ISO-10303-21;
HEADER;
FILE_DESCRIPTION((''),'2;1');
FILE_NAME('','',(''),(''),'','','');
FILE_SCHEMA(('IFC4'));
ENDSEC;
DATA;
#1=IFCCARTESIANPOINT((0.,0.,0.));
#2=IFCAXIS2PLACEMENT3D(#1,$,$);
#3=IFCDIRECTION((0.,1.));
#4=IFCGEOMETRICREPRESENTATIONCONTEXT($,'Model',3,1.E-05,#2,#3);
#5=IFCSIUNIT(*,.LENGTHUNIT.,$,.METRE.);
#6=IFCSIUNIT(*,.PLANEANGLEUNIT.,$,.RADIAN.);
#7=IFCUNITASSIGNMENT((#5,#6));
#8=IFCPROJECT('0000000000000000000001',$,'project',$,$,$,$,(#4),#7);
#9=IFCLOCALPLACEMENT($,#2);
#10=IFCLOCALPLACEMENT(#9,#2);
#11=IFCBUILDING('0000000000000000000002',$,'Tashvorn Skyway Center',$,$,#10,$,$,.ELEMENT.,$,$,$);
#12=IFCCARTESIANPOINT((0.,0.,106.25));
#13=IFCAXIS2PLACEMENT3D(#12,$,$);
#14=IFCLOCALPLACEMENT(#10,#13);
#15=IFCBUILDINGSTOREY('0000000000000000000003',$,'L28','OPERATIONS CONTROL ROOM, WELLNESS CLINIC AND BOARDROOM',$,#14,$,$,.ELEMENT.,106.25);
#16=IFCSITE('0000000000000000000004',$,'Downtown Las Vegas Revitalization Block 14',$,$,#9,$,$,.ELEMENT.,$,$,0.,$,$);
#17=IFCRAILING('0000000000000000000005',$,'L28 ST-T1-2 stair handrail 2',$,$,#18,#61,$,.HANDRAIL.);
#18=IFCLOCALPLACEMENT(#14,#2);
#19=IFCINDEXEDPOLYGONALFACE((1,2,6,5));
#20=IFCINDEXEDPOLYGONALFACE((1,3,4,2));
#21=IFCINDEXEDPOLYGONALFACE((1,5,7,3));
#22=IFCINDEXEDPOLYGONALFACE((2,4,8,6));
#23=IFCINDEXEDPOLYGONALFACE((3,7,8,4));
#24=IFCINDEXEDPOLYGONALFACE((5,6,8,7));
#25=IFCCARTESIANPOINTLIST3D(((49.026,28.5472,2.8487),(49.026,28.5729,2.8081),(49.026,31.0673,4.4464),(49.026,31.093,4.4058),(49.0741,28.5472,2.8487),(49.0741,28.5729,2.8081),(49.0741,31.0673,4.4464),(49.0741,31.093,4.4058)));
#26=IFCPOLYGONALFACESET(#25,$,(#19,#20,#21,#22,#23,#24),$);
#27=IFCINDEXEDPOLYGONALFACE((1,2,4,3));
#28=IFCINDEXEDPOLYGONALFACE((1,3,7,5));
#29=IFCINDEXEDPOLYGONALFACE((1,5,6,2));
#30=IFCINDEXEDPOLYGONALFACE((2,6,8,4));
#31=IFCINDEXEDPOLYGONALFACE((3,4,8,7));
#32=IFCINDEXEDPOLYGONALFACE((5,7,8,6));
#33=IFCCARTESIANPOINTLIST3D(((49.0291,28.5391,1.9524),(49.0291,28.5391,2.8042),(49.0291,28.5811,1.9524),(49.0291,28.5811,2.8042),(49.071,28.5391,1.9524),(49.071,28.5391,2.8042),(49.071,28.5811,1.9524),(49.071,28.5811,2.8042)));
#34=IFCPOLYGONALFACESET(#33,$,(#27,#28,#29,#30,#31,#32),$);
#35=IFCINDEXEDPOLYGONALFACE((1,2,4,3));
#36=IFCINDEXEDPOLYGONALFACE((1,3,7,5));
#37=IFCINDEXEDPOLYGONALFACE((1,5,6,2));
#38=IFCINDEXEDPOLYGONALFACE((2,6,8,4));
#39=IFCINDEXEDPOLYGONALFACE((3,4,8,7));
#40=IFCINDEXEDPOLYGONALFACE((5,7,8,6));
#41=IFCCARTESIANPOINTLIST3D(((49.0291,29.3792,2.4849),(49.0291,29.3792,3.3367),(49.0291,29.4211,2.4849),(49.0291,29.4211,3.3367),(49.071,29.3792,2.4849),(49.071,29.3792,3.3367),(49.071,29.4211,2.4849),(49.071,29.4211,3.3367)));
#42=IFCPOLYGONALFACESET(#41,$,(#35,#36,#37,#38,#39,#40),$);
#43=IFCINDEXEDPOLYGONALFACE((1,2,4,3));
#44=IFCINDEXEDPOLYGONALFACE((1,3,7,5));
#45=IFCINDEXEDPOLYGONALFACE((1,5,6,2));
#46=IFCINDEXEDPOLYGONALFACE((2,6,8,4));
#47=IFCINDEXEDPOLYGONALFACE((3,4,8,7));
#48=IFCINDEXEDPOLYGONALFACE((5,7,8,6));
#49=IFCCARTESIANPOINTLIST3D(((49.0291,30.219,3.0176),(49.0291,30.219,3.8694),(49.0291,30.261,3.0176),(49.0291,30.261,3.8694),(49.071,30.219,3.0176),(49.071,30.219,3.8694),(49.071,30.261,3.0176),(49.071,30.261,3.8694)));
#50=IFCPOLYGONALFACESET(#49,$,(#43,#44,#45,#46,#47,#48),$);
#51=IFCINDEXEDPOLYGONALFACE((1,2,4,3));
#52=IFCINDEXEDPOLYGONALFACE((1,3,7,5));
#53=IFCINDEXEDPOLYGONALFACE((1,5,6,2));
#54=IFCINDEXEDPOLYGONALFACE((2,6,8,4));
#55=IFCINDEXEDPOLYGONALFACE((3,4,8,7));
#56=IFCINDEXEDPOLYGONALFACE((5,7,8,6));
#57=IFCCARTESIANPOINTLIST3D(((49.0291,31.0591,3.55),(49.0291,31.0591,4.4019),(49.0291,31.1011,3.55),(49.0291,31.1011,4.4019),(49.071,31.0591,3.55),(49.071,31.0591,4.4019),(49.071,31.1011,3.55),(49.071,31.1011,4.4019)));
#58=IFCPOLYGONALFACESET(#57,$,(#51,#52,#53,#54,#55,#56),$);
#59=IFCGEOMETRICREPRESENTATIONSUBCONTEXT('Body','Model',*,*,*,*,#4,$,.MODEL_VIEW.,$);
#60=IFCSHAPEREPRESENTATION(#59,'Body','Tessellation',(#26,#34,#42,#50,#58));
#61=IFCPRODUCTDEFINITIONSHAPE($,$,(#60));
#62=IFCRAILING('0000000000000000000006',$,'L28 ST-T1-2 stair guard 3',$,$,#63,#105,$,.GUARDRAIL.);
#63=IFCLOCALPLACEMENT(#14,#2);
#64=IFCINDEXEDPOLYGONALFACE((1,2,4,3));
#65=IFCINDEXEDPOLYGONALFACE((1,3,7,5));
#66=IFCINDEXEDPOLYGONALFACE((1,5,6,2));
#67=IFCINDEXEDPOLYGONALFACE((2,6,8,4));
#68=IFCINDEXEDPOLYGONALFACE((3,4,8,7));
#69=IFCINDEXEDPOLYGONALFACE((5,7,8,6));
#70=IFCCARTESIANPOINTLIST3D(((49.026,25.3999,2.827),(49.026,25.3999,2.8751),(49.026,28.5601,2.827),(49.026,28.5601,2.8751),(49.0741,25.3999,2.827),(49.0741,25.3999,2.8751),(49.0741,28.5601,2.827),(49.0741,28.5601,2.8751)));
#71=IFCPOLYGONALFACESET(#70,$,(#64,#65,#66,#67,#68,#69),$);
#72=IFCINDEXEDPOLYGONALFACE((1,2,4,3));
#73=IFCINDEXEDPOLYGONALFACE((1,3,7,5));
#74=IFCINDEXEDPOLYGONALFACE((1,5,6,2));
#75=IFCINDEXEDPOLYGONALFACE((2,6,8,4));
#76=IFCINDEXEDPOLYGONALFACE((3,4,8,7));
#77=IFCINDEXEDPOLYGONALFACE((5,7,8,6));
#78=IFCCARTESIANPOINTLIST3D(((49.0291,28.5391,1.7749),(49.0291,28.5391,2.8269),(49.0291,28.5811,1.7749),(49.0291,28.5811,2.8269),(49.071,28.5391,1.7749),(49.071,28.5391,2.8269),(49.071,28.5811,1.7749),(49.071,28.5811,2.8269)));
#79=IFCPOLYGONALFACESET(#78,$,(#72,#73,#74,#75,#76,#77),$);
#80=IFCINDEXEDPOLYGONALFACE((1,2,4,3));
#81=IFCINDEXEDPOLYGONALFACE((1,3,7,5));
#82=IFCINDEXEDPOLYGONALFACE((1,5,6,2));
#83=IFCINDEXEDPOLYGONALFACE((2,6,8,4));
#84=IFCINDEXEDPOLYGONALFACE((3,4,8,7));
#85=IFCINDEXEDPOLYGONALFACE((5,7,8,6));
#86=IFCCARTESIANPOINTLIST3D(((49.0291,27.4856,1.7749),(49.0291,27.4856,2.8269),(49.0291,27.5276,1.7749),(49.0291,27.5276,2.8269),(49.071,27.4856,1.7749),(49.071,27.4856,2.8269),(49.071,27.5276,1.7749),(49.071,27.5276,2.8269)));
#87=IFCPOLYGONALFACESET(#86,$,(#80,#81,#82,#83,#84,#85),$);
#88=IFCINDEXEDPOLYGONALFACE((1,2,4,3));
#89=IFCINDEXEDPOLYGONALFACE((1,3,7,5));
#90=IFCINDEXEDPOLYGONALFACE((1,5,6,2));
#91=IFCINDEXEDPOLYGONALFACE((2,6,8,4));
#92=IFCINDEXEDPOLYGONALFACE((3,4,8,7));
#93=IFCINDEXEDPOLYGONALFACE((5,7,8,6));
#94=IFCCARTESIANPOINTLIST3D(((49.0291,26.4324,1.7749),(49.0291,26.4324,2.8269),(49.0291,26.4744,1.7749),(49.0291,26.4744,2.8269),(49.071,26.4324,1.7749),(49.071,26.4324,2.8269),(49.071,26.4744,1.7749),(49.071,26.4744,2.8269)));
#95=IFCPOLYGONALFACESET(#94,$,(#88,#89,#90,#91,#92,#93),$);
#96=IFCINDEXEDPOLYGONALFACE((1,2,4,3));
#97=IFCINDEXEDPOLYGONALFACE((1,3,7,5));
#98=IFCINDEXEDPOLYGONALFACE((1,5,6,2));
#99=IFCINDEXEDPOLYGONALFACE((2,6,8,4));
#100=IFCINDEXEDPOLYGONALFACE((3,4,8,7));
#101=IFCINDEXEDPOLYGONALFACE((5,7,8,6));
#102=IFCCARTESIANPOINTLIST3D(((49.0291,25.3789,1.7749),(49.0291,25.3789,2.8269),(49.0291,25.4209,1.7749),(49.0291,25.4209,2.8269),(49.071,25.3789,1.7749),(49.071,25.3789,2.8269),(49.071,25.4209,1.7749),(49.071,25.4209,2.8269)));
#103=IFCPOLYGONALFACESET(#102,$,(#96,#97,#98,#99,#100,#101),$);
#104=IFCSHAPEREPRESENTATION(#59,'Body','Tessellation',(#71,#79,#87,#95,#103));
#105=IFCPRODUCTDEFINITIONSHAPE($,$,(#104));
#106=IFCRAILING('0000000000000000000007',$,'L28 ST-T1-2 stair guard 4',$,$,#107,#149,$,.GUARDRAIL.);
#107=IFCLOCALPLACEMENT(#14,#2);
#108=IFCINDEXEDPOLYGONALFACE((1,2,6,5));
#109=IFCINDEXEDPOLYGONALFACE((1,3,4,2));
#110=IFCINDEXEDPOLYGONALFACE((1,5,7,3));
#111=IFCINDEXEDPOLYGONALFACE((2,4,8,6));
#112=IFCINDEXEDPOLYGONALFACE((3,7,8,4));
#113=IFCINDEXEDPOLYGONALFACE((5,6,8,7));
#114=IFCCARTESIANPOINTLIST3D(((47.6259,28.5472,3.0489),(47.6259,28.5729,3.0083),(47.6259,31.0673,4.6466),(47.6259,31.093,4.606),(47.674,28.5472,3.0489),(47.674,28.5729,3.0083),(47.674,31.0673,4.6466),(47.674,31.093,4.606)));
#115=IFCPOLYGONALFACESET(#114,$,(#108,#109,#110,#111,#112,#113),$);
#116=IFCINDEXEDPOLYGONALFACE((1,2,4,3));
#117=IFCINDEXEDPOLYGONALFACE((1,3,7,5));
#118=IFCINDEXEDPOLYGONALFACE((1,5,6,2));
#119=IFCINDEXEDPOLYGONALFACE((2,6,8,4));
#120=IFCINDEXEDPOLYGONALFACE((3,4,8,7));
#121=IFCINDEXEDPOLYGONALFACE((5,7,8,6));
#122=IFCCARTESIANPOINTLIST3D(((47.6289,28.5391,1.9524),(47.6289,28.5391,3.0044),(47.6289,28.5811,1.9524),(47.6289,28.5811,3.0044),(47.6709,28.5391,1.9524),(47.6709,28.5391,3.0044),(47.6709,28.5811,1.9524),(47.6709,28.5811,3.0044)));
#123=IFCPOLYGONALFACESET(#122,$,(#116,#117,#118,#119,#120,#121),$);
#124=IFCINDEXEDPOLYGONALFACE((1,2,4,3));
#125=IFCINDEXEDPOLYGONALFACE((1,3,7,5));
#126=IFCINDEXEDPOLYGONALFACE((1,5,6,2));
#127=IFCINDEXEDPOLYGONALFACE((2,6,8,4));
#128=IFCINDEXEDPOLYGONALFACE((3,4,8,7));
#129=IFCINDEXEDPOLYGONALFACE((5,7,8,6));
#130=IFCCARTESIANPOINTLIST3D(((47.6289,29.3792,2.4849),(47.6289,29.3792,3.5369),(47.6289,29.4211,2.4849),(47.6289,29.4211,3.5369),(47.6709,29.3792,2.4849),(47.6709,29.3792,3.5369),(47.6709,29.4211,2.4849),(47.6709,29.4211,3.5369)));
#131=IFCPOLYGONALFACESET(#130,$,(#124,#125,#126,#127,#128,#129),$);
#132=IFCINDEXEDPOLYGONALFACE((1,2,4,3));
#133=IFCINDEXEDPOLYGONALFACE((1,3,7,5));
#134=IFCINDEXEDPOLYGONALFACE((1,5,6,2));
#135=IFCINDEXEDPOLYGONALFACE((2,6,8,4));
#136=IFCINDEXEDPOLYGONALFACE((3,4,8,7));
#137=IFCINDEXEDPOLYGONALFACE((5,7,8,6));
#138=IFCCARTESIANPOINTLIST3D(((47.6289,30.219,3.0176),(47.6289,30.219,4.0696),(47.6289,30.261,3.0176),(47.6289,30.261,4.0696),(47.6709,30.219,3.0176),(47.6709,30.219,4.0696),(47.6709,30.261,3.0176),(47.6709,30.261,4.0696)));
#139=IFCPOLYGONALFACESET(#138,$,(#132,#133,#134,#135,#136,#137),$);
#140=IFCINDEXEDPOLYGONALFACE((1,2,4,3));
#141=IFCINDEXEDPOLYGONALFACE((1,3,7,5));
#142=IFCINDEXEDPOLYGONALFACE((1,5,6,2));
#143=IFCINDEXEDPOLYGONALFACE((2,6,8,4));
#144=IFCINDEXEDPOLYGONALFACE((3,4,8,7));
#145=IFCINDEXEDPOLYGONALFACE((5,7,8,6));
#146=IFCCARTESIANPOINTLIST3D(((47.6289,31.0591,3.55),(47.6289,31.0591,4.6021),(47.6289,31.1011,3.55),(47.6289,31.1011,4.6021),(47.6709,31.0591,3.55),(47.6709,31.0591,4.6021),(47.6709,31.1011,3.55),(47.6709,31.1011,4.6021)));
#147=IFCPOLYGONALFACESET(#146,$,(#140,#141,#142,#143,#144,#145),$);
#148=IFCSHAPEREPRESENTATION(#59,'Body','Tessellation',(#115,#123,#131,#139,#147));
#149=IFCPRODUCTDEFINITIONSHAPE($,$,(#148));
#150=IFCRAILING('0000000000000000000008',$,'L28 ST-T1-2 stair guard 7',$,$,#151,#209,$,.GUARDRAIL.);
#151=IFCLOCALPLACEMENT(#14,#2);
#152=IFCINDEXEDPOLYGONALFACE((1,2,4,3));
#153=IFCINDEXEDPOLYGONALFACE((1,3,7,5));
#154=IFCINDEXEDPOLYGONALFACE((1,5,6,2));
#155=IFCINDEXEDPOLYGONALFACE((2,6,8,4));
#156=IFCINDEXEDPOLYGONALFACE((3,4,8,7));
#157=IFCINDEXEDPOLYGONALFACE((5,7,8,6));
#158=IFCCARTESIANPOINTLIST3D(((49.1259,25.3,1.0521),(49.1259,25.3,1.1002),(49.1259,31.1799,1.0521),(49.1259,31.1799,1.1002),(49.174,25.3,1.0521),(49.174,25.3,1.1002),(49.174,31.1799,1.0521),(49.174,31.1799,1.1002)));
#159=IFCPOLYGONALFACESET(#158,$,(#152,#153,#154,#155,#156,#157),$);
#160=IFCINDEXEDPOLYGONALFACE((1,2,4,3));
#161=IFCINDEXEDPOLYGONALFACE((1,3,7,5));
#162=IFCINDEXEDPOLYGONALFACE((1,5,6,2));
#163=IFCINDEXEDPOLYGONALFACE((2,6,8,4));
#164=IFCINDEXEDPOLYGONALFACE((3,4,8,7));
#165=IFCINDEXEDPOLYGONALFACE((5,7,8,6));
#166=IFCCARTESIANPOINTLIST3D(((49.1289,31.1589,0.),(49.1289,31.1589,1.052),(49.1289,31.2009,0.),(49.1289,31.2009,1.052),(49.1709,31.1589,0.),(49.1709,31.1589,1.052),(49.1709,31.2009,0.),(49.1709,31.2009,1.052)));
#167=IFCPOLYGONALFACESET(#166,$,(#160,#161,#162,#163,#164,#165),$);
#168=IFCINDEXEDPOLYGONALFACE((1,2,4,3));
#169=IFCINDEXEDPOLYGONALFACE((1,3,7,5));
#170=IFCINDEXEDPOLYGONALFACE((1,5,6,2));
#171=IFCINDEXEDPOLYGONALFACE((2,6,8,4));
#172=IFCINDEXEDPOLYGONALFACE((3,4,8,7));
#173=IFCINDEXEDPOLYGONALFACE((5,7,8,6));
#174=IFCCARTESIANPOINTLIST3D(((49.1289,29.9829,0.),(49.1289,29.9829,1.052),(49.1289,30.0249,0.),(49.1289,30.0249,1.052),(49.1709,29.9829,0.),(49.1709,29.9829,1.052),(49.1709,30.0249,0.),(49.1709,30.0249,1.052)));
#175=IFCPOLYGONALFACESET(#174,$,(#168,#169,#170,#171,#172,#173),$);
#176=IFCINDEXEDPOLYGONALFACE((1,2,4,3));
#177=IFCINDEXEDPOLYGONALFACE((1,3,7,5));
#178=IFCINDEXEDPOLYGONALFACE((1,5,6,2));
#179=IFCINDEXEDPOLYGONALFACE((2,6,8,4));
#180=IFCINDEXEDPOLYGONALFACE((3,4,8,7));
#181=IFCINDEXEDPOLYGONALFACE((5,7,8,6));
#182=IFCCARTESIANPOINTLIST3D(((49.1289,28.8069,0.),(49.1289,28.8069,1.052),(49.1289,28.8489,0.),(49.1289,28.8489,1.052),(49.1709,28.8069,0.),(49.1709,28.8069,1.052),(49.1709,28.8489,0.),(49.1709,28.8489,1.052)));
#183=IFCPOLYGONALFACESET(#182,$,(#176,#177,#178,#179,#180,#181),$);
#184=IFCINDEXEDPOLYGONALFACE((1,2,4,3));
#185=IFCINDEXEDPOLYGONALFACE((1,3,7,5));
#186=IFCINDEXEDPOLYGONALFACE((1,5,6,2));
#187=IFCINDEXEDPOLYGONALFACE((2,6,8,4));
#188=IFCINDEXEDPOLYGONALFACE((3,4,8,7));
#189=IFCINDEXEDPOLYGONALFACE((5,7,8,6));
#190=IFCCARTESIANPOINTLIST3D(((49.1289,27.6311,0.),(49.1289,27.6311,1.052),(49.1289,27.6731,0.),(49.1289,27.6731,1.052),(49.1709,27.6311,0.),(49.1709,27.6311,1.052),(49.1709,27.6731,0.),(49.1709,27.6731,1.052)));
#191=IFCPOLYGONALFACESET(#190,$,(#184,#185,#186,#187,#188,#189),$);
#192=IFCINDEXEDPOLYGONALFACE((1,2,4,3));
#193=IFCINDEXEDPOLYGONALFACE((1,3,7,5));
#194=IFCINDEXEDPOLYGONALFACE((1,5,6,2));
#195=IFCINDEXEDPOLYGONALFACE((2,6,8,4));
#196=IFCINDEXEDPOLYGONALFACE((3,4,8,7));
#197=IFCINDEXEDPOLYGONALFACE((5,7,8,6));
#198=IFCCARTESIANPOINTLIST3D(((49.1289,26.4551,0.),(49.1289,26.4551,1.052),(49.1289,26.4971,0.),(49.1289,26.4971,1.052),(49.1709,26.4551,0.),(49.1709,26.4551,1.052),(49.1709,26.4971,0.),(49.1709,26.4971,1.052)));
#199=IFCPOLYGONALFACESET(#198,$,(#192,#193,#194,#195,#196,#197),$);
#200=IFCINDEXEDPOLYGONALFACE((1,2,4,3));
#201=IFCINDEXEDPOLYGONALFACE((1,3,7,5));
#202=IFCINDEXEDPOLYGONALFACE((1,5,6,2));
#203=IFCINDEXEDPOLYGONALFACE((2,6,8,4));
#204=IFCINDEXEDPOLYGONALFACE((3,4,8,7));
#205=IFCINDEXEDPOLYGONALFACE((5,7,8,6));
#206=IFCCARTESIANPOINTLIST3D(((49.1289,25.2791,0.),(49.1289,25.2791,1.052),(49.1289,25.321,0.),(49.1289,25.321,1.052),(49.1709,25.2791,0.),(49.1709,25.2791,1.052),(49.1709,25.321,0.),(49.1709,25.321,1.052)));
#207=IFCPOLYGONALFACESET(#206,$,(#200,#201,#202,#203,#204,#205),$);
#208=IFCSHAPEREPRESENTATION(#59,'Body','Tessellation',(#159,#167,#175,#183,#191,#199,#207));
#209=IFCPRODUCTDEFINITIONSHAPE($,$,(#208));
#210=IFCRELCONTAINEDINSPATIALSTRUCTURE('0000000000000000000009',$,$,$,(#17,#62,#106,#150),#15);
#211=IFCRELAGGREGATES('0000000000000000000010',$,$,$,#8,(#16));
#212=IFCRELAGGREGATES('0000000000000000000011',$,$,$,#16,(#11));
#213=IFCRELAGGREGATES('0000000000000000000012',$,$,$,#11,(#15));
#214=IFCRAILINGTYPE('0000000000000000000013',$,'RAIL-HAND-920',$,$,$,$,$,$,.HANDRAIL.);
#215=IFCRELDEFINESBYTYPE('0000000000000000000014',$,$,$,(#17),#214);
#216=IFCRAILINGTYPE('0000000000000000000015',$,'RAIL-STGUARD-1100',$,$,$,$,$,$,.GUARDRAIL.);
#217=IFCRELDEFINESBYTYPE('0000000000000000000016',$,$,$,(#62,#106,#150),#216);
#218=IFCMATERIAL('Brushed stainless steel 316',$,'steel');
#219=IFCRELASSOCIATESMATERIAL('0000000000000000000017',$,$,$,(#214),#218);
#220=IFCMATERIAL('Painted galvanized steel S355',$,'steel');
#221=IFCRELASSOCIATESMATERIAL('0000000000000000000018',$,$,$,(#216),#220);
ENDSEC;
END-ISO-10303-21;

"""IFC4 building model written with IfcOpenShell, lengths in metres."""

from ifc_helpers import new_model, si_unit, direction, frame, origin, origin_2d, place, context, subcontext, project, spatial, rectangle, extrude, material, type_object, element, save


model = new_model("IFC4")

# Units and contexts
model_context = context("Model", 3, precision=1e-05, world=origin(), true_north=direction((0.0, 1.0)))
body_context = subcontext(model_context, "Body", "Model", "MODEL_VIEW")
ifc_project = project(units=[si_unit("LENGTHUNIT", "METRE"), si_unit("PLANEANGLEUNIT", "RADIAN")], contexts=[model_context])

# Site, building, storey
site_placement = place(None, origin())
site = spatial("IfcSite", under=ifc_project, at=site_placement, Name="Downtown Las Vegas Revitalization Block 14", CompositionType="ELEMENT", RefElevation=0.0)
building_placement = place(site_placement, origin())
building = spatial("IfcBuilding", under=site, at=building_placement, Name="Tashvorn Skyway Center", CompositionType="ELEMENT")
storey_placement = place(building_placement, frame((0.0, 0.0, 106.25)))
storey = spatial("IfcBuildingStorey", under=building, at=storey_placement, Name="L28", Description="OPERATIONS CONTROL ROOM, WELLNESS CLINIC AND BOARDROOM", CompositionType="ELEMENT", Elevation=106.25)

# Railings
ifc_material_1 = material(Name="Brushed stainless steel 316", Category="steel")
railing_type_1 = type_object("IfcRailingType", Name="RAIL-HAND-920", PredefinedType="HANDRAIL", material=ifc_material_1)
railing_1_placement = place(storey_placement, frame((49.05, 28.5601, 1.9524)))
element("IfcRailing", 1, at=railing_1_placement, inside=storey, type_object=railing_type_1, Name="L28 ST-T1-2 stair handrail 2", PredefinedType="HANDRAIL", context=body_context, shape_type="SweptSolid", body=[
    extrude(rectangle(XDim=0.0481, YDim=0.0481, at=origin_2d()), frame((0.0, 0.0, 0.876), z_axis=(0.0, 0.84457, 0.535445), x_axis=(-1.0, 0.0, 0.0)), (0.0, 0.0, 1.0), 2.9839),
    extrude(rectangle(XDim=0.042, YDim=0.042, at=origin_2d()), origin(), (0.0, 0.0, 1.0), 0.8518),
    extrude(rectangle(XDim=0.042, YDim=0.042, at=origin_2d()), frame((0.0, 0.8401, 0.5325)), (0.0, 0.0, 1.0), 0.8518),
    extrude(rectangle(XDim=0.042, YDim=0.042, at=origin_2d()), frame((0.0, 1.6799, 1.0652)), (0.0, 0.0, 1.0), 0.8518),
    extrude(rectangle(XDim=0.042, YDim=0.042, at=origin_2d()), frame((0.0, 2.52, 1.5977)), (0.0, 0.0, 1.0), 0.8518),
])
ifc_material_2 = material(Name="Painted galvanized steel S355", Category="steel")
railing_type_2 = type_object("IfcRailingType", Name="RAIL-STGUARD-1100", PredefinedType="GUARDRAIL", material=ifc_material_2)
railing_2_placement = place(storey_placement, frame((49.05, 28.5601, 1.7749)))
element("IfcRailing", 2, at=railing_2_placement, inside=storey, type_object=railing_type_2, Name="L28 ST-T1-2 stair guard 3", PredefinedType="GUARDRAIL", context=body_context, shape_type="SweptSolid", body=[
    extrude(rectangle(XDim=0.0481, YDim=0.0481, at=origin_2d()), frame((0.0, 0.0, 1.0762), z_axis=(0.0, -1.0, 0.0), x_axis=(1.0, 0.0, 0.0)), (0.0, 0.0, 1.0), 3.1602),
    extrude(rectangle(XDim=0.042, YDim=0.042, at=origin_2d()), origin(), (0.0, 0.0, 1.0), 1.052),
    extrude(rectangle(XDim=0.042, YDim=0.042, at=origin_2d()), frame((0.0, -1.0535, 0.0)), (0.0, 0.0, 1.0), 1.052),
    extrude(rectangle(XDim=0.042, YDim=0.042, at=origin_2d()), frame((0.0, -2.1067, 0.0)), (0.0, 0.0, 1.0), 1.052),
    extrude(rectangle(XDim=0.042, YDim=0.042, at=origin_2d()), frame((0.0, -3.1602, 0.0)), (0.0, 0.0, 1.0), 1.052),
])
railing_3_placement = place(storey_placement, frame((47.6499, 28.5601, 1.9524)))
element("IfcRailing", 3, at=railing_3_placement, inside=storey, type_object=railing_type_2, Name="L28 ST-T1-2 stair guard 4", PredefinedType="GUARDRAIL", context=body_context, shape_type="SweptSolid", body=[
    extrude(rectangle(XDim=0.0481, YDim=0.0481, at=origin_2d()), frame((0.0, 0.0, 1.0762), z_axis=(0.0, 0.84457, 0.535445), x_axis=(-1.0, 0.0, 0.0)), (0.0, 0.0, 1.0), 2.9839),
    extrude(rectangle(XDim=0.042, YDim=0.042, at=origin_2d()), origin(), (0.0, 0.0, 1.0), 1.052),
    extrude(rectangle(XDim=0.042, YDim=0.042, at=origin_2d()), frame((0.0, 0.8401, 0.5325)), (0.0, 0.0, 1.0), 1.052),
    extrude(rectangle(XDim=0.042, YDim=0.042, at=origin_2d()), frame((0.0, 1.6799, 1.0652)), (0.0, 0.0, 1.0), 1.052),
    extrude(rectangle(XDim=0.042, YDim=0.042, at=origin_2d()), frame((0.0, 2.52, 1.5977)), (0.0, 0.0, 1.0), 1.052),
])
railing_4_placement = place(storey_placement, frame((49.1499, 31.1799, 0.0)))
element("IfcRailing", 4, at=railing_4_placement, inside=storey, type_object=railing_type_2, Name="L28 ST-T1-2 stair guard 7", PredefinedType="GUARDRAIL", context=body_context, shape_type="SweptSolid", body=[
    extrude(rectangle(XDim=0.0481, YDim=0.0481, at=origin_2d()), frame((0.0, 0.0, 1.0762), z_axis=(0.0, -1.0, 0.0), x_axis=(1.0, 0.0, 0.0)), (0.0, 0.0, 1.0), 5.8799),
    extrude(rectangle(XDim=0.042, YDim=0.042, at=origin_2d()), origin(), (0.0, 0.0, 1.0), 1.052),
    extrude(rectangle(XDim=0.042, YDim=0.042, at=origin_2d()), frame((0.0, -1.176, 0.0)), (0.0, 0.0, 1.0), 1.052),
    extrude(rectangle(XDim=0.042, YDim=0.042, at=origin_2d()), frame((0.0, -2.3521, 0.0)), (0.0, 0.0, 1.0), 1.052),
    extrude(rectangle(XDim=0.042, YDim=0.042, at=origin_2d()), frame((0.0, -3.5278, 0.0)), (0.0, 0.0, 1.0), 1.052),
    extrude(rectangle(XDim=0.042, YDim=0.042, at=origin_2d()), frame((0.0, -4.7039, 0.0)), (0.0, 0.0, 1.0), 1.052),
    extrude(rectangle(XDim=0.042, YDim=0.042, at=origin_2d()), frame((0.0, -5.8799, 0.0)), (0.0, 0.0, 1.0), 1.052),
])

save(model, "model.ifc")
